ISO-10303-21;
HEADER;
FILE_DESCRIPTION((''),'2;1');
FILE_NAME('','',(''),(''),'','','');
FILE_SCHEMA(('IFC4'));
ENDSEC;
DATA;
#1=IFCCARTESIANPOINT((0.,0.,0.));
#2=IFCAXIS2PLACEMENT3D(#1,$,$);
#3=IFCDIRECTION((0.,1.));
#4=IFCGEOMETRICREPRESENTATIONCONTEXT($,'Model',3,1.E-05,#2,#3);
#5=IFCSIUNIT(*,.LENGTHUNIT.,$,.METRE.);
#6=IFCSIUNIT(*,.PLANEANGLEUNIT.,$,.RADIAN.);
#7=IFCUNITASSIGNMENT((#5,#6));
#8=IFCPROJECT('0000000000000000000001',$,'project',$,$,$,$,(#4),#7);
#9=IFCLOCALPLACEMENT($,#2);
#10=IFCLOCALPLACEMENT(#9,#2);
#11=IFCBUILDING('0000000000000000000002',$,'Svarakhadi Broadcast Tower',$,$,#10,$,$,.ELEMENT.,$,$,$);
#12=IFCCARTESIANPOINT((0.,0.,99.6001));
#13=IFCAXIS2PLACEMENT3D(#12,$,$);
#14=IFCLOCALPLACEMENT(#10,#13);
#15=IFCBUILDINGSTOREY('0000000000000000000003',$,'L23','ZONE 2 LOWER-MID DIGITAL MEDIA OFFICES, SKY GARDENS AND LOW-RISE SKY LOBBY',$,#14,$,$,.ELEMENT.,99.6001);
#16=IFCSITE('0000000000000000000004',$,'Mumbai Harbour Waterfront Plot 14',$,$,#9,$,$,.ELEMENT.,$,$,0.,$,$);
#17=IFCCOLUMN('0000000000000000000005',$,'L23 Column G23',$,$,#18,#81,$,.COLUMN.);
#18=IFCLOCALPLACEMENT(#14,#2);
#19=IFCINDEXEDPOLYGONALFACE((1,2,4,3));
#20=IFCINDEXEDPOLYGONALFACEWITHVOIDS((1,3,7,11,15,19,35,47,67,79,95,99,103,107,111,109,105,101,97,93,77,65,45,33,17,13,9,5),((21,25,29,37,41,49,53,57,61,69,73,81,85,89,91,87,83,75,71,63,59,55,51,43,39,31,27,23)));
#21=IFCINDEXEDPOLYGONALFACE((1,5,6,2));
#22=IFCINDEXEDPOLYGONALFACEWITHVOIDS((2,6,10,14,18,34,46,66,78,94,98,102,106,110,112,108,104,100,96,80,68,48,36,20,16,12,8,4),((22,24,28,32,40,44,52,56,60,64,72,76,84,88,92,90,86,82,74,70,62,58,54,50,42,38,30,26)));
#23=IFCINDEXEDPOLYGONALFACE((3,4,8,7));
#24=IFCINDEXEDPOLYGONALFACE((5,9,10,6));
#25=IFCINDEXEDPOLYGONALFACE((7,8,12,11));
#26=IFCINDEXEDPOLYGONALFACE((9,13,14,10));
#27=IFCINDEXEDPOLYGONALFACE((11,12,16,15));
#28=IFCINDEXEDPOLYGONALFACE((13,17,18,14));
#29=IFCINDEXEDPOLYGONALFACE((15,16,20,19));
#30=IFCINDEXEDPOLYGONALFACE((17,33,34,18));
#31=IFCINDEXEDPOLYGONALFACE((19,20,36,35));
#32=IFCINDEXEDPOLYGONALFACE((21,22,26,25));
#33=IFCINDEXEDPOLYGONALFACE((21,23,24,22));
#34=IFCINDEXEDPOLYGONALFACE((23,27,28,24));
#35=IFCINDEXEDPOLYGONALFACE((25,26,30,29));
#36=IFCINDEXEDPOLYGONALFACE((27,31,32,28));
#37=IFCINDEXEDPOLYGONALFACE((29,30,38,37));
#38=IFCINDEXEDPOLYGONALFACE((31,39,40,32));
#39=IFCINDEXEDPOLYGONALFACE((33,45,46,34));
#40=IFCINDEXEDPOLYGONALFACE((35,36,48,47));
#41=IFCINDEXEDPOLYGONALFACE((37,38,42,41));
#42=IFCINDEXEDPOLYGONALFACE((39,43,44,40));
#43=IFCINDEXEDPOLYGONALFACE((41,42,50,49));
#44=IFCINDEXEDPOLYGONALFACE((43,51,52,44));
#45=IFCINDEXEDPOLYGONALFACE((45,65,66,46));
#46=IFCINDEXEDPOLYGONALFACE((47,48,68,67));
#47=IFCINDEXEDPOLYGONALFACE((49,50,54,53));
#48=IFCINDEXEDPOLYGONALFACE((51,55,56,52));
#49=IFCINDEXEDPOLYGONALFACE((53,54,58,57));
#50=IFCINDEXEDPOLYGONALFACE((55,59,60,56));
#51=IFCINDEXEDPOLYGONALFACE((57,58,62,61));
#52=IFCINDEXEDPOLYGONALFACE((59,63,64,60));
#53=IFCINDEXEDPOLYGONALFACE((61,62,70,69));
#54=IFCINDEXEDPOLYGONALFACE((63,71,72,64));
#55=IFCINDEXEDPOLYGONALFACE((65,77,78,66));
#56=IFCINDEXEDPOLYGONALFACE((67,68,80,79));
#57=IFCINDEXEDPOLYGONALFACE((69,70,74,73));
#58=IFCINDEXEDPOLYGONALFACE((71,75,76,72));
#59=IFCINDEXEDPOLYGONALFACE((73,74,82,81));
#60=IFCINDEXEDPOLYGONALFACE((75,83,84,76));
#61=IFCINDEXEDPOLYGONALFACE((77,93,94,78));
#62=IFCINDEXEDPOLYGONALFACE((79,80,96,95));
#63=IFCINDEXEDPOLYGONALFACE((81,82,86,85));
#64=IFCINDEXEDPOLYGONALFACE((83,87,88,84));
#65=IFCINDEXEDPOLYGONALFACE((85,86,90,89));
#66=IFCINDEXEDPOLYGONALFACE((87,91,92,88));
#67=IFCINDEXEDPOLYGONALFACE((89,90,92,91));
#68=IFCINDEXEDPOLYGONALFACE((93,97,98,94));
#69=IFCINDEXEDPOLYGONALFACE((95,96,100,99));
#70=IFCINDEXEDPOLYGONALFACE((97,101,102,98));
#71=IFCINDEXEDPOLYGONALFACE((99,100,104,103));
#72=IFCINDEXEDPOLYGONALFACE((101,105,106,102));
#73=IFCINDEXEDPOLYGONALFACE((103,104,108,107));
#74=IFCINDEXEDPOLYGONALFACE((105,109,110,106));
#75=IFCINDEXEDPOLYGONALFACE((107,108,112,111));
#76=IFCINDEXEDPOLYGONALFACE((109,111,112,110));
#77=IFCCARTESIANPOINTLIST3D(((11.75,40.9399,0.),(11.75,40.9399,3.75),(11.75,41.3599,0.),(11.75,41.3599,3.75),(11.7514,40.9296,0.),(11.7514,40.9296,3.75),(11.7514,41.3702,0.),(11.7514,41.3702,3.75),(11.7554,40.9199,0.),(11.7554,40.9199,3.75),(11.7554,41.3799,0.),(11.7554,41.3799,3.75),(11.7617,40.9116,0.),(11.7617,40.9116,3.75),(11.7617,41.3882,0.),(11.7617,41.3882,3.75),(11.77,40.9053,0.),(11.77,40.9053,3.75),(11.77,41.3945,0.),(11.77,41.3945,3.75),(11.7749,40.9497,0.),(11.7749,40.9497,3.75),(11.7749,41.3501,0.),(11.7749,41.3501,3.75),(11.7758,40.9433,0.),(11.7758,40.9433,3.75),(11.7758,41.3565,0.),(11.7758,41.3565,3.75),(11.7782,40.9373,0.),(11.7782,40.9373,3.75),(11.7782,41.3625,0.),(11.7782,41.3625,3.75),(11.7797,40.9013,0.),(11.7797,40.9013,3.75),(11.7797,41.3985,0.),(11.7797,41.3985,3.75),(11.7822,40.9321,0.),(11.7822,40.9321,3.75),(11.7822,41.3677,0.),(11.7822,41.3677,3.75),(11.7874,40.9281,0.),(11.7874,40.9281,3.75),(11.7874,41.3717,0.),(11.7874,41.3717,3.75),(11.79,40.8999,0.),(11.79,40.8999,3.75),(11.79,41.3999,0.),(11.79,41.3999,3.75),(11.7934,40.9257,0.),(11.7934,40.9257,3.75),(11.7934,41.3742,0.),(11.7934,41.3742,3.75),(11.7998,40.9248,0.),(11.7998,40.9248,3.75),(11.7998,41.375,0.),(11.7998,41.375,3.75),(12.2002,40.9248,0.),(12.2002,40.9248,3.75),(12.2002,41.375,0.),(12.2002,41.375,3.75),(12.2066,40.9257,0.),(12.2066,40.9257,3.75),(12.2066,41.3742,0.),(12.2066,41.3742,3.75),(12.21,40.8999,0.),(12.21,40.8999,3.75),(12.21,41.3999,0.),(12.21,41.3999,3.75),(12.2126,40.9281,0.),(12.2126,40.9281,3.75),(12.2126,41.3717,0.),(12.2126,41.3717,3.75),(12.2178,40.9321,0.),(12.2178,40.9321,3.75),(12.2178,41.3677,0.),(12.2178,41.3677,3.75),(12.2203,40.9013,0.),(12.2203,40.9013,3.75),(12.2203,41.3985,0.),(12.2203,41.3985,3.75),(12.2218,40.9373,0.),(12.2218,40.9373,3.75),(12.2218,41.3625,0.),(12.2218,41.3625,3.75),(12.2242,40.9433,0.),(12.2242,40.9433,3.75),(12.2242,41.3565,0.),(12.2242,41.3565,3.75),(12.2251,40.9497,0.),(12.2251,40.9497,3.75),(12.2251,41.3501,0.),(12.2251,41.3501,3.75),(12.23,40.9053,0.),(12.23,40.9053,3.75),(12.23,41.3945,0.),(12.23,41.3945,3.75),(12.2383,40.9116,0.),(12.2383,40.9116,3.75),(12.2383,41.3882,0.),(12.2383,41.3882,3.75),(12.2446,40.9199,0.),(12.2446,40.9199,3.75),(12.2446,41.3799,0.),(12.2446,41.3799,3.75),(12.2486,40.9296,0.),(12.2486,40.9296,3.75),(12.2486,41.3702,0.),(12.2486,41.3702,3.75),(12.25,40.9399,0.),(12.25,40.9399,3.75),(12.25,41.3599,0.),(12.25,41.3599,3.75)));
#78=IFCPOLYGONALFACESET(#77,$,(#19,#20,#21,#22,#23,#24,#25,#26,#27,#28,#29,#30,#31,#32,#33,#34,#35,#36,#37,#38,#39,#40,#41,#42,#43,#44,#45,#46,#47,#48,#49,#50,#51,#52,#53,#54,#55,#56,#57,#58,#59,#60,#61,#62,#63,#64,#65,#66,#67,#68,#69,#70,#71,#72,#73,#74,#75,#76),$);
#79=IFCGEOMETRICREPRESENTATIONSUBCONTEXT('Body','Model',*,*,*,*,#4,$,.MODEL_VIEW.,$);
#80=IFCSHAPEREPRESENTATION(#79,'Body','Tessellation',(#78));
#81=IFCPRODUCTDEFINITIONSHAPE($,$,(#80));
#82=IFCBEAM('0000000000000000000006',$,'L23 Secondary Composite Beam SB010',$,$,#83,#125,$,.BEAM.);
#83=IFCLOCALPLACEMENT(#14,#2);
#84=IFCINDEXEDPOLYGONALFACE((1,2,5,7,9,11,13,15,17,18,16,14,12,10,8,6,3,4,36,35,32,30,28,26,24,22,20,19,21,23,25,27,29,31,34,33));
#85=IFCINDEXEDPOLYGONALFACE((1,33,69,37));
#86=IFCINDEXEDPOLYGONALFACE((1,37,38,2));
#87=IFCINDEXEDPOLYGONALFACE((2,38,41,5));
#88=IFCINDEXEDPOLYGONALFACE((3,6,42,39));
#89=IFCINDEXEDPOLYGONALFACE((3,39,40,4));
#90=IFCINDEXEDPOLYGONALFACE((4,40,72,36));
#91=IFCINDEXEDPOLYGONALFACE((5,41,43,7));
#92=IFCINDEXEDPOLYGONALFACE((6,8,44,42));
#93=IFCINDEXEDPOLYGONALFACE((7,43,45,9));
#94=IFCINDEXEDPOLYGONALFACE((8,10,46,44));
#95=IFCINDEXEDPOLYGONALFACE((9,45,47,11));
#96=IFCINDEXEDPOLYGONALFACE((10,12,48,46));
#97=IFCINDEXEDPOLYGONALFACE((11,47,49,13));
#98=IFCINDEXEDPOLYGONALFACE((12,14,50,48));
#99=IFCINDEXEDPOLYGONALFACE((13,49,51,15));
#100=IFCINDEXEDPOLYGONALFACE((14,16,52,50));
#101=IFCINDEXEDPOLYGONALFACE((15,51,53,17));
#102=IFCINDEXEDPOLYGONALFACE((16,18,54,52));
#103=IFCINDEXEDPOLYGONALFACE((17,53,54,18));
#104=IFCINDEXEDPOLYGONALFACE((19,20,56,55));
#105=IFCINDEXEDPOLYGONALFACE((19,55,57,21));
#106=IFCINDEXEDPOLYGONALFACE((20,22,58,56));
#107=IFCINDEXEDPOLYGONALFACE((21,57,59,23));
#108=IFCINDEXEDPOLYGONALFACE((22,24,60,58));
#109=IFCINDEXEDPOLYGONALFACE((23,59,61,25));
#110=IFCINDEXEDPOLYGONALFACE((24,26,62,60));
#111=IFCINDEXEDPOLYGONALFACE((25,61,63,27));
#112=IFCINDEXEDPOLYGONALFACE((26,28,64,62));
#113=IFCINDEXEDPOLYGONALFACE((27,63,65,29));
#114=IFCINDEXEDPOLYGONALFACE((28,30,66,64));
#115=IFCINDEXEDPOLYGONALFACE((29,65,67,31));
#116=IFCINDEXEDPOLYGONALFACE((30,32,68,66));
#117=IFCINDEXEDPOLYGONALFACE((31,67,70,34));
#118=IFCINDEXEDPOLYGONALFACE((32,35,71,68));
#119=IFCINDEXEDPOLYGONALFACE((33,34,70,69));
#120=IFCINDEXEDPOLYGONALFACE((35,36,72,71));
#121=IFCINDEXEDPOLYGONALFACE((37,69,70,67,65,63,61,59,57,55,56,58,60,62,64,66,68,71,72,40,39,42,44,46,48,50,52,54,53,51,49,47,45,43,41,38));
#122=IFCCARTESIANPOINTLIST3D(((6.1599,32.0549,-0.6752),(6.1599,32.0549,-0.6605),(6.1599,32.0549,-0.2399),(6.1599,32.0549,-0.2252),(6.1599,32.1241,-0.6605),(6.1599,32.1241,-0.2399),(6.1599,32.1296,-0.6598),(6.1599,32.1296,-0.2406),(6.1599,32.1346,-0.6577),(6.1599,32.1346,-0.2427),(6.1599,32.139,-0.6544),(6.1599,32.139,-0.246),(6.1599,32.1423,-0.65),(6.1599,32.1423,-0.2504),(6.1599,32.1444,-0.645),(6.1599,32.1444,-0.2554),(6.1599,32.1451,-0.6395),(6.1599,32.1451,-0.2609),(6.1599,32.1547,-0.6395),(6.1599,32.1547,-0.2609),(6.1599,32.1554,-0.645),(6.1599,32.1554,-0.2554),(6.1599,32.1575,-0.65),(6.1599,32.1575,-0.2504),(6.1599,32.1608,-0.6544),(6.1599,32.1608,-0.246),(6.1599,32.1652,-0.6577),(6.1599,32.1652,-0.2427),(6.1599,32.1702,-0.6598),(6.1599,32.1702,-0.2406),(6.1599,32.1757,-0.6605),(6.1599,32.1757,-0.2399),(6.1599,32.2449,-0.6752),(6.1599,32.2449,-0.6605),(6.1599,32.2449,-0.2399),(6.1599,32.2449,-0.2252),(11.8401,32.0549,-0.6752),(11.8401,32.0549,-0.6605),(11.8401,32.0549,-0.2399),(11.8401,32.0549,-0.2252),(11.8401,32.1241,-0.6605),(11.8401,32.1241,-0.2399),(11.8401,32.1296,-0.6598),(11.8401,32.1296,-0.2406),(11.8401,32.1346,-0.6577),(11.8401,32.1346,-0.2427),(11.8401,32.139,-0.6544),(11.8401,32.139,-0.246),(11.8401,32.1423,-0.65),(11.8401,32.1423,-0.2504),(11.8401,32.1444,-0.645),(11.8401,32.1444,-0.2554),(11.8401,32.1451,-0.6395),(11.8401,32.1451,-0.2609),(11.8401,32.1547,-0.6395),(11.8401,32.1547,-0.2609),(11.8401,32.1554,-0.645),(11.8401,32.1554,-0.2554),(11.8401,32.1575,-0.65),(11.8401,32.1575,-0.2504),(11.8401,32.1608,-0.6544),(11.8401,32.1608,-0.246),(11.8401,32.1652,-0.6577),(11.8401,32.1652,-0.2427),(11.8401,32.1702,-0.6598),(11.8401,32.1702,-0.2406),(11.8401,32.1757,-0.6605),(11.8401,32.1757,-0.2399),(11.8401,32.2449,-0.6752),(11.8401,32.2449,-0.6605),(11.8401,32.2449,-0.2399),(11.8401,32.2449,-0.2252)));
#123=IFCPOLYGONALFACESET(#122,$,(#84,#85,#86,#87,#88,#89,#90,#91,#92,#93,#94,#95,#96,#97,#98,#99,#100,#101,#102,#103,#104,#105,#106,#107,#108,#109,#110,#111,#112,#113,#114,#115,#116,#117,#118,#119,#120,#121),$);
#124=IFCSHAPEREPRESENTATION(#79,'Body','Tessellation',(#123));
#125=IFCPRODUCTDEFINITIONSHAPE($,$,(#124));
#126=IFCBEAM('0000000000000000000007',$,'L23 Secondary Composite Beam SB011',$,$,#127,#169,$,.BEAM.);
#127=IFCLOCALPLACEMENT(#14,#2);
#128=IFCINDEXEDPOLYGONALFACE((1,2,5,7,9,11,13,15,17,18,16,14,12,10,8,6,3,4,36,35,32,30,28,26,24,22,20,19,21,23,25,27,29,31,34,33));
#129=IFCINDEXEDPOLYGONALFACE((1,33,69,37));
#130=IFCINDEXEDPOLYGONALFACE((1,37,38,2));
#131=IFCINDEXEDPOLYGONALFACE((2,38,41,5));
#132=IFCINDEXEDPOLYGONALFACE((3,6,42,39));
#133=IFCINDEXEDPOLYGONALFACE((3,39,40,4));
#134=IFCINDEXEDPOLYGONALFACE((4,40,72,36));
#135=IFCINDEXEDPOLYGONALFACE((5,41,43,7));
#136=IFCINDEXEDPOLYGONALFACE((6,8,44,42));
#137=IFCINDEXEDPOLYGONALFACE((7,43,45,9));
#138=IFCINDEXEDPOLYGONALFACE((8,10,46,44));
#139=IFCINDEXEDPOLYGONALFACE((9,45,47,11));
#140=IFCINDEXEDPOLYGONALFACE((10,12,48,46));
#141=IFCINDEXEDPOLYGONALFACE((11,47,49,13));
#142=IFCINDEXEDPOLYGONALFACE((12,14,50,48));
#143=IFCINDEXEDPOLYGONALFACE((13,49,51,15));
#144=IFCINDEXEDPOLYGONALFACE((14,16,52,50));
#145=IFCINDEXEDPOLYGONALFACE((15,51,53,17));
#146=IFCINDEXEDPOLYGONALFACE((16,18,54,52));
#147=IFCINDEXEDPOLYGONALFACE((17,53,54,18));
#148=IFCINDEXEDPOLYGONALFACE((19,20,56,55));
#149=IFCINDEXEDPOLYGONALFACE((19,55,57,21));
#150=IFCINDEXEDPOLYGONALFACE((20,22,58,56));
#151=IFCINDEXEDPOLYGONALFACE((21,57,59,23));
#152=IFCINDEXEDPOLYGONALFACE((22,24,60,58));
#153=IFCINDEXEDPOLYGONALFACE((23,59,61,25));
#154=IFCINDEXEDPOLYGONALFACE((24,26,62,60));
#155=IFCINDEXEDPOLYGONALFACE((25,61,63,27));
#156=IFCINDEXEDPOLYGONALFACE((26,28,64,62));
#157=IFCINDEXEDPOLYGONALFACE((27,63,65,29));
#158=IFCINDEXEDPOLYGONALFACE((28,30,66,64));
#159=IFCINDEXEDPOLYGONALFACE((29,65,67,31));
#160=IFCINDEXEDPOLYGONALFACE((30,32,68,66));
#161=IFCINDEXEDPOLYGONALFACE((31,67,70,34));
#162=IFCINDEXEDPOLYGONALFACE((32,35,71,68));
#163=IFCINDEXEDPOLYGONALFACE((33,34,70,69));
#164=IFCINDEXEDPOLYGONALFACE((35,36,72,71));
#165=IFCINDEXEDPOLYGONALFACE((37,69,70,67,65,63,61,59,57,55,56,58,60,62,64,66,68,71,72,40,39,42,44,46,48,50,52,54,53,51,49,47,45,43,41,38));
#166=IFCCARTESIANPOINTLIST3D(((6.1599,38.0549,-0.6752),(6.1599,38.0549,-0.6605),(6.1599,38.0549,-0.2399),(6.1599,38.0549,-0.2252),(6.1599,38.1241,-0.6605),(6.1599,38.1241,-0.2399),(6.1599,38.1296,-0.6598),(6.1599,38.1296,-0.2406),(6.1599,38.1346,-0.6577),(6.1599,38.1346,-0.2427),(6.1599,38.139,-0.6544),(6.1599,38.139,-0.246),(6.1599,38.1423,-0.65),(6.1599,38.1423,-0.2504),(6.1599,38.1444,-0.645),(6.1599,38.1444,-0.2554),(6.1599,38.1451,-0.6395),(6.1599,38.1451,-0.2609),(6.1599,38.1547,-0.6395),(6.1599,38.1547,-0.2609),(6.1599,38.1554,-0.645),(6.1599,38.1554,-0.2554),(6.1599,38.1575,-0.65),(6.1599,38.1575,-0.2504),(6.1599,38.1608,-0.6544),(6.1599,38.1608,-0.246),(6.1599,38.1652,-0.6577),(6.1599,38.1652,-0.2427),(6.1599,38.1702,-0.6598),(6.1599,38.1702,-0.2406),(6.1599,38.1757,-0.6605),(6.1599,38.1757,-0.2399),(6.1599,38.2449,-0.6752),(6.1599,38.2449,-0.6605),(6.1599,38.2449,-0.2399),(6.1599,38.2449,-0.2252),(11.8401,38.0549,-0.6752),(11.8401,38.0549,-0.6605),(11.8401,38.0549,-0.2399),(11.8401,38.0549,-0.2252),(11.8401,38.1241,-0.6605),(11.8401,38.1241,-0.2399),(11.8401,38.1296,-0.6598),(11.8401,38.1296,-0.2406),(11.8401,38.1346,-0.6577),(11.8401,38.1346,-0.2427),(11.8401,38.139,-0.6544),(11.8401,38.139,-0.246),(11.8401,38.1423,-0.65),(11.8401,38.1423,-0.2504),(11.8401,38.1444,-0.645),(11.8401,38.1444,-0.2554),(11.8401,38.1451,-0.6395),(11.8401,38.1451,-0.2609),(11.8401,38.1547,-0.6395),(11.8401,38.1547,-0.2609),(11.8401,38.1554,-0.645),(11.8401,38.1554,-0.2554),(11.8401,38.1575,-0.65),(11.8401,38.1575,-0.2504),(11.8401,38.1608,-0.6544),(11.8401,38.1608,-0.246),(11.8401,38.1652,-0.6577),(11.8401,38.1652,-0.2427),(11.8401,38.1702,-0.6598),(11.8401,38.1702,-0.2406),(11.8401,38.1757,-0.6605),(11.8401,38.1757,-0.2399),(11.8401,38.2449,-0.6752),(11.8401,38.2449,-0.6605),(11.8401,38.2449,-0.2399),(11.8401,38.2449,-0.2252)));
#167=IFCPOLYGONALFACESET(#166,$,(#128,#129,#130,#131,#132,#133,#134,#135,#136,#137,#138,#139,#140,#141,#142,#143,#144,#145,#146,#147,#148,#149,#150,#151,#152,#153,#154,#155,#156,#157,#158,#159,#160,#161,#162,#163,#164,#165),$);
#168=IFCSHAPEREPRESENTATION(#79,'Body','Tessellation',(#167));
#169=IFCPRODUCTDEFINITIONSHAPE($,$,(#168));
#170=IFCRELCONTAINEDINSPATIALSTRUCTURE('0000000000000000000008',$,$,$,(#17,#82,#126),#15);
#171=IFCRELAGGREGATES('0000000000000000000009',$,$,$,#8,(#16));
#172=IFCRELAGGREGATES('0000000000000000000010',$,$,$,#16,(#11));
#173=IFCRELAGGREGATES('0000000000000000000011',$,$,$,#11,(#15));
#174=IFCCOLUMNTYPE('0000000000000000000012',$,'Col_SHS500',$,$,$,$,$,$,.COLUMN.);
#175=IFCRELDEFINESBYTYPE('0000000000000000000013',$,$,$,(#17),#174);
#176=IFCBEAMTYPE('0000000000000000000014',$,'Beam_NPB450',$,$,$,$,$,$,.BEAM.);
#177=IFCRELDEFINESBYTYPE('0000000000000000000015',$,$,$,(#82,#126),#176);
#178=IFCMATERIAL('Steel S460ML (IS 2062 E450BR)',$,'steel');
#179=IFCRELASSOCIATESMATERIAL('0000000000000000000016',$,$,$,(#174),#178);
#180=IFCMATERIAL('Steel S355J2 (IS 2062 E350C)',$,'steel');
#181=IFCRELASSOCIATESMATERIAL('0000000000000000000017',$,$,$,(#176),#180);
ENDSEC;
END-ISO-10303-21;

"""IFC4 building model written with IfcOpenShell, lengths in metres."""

from ifc_helpers import new_model, si_unit, direction, frame, origin, origin_2d, place, context, subcontext, project, spatial, hollow_rectangle, i_section, extrude, material, material_profile, profile_set, type_object, element, save


model = new_model("IFC4")

# Units and contexts
model_context = context("Model", 3, precision=1e-05, world=origin(), true_north=direction((0.0, 1.0)))
body_context = subcontext(model_context, "Body", "Model", "MODEL_VIEW")
ifc_project = project(units=[si_unit("LENGTHUNIT", "METRE"), si_unit("PLANEANGLEUNIT", "RADIAN")], contexts=[model_context])

# Site, building, storey
site_placement = place(None, origin())
site = spatial("IfcSite", under=ifc_project, at=site_placement, Name="Mumbai Harbour Waterfront Plot 14", CompositionType="ELEMENT", RefElevation=0.0)
building_placement = place(site_placement, origin())
building = spatial("IfcBuilding", under=site, at=building_placement, Name="Svarakhadi Broadcast Tower", CompositionType="ELEMENT")
storey_placement = place(building_placement, frame((0.0, 0.0, 99.6001)))
storey = spatial("IfcBuildingStorey", under=building, at=storey_placement, Name="L23", Description="ZONE 2 LOWER-MID DIGITAL MEDIA OFFICES, SKY GARDENS AND LOW-RISE SKY LOBBY", CompositionType="ELEMENT", Elevation=99.6001)

# Column
ifc_material_1 = material(Name="Steel S460ML (IS 2062 E450BR)", Category="steel")
ifc_material_profile_1 = material_profile(ifc_material_1, hollow_rectangle(XDim=0.5, YDim=0.5, WallThickness=0.0249, InnerFilletRadius=0.0249, OuterFilletRadius=0.04, at=origin_2d()), Name="SHS 500x500x25")
ifc_profile_set_1 = profile_set([ifc_material_profile_1], Name="Steel S460ML (IS 2062 E450BR)")
column_type_1 = type_object("IfcColumnType", Name="Col_SHS500", PredefinedType="COLUMN", material=ifc_profile_set_1)
for number, where, z_axis, x_axis, name in (
    (1, (12.0, 41.1499, 0.0), (0.0, 0.0, 1.0), (1.0, 0.0, 0.0), "L23 Column G23"),
):
    element("IfcColumn", number, at=place(storey_placement, frame(where, z_axis=z_axis, x_axis=x_axis)), inside=storey, type_object=column_type_1, Name=name, PredefinedType="COLUMN", context=body_context, shape_type="SweptSolid", body=[
        extrude(hollow_rectangle(XDim=0.5, YDim=0.5, WallThickness=0.0249, InnerFilletRadius=0.0249, OuterFilletRadius=0.04, at=origin_2d()), origin(), (0.0, 0.0, 1.0), 3.75),
    ])

# Beams
ifc_material_2 = material(Name="Steel S355J2 (IS 2062 E350C)", Category="steel")
ifc_material_profile_2 = material_profile(ifc_material_2, i_section(OverallWidth=0.1899, OverallDepth=0.45, WebThickness=0.0095, FlangeThickness=0.0146, FilletRadius=0.021, at=origin_2d()), Name="NPB 450x190x78")
ifc_profile_set_2 = profile_set([ifc_material_profile_2], Name="Steel S355J2 (IS 2062 E350C)")
beam_type_1 = type_object("IfcBeamType", Name="Beam_NPB450", PredefinedType="BEAM", material=ifc_profile_set_2)
for number, where, z_axis, x_axis, name in (
    (2, (6.1599, 32.1499, -0.4502), (1.0, 0.0, 0.0), (0.0, 1.0, 0.0), "L23 Secondary Composite Beam SB010"),
    (3, (6.1599, 38.1499, -0.4502), (1.0, 0.0, 0.0), (0.0, 1.0, 0.0), "L23 Secondary Composite Beam SB011"),
):
    element("IfcBeam", number, at=place(storey_placement, frame(where, z_axis=z_axis, x_axis=x_axis)), inside=storey, type_object=beam_type_1, Name=name, PredefinedType="BEAM", context=body_context, shape_type="SweptSolid", body=[
        extrude(i_section(OverallWidth=0.1899, OverallDepth=0.45, WebThickness=0.0095, FlangeThickness=0.0146, FilletRadius=0.021, at=origin_2d()), origin(), (0.0, 0.0, 1.0), 5.6802),
    ])

save(model, "model.ifc")
